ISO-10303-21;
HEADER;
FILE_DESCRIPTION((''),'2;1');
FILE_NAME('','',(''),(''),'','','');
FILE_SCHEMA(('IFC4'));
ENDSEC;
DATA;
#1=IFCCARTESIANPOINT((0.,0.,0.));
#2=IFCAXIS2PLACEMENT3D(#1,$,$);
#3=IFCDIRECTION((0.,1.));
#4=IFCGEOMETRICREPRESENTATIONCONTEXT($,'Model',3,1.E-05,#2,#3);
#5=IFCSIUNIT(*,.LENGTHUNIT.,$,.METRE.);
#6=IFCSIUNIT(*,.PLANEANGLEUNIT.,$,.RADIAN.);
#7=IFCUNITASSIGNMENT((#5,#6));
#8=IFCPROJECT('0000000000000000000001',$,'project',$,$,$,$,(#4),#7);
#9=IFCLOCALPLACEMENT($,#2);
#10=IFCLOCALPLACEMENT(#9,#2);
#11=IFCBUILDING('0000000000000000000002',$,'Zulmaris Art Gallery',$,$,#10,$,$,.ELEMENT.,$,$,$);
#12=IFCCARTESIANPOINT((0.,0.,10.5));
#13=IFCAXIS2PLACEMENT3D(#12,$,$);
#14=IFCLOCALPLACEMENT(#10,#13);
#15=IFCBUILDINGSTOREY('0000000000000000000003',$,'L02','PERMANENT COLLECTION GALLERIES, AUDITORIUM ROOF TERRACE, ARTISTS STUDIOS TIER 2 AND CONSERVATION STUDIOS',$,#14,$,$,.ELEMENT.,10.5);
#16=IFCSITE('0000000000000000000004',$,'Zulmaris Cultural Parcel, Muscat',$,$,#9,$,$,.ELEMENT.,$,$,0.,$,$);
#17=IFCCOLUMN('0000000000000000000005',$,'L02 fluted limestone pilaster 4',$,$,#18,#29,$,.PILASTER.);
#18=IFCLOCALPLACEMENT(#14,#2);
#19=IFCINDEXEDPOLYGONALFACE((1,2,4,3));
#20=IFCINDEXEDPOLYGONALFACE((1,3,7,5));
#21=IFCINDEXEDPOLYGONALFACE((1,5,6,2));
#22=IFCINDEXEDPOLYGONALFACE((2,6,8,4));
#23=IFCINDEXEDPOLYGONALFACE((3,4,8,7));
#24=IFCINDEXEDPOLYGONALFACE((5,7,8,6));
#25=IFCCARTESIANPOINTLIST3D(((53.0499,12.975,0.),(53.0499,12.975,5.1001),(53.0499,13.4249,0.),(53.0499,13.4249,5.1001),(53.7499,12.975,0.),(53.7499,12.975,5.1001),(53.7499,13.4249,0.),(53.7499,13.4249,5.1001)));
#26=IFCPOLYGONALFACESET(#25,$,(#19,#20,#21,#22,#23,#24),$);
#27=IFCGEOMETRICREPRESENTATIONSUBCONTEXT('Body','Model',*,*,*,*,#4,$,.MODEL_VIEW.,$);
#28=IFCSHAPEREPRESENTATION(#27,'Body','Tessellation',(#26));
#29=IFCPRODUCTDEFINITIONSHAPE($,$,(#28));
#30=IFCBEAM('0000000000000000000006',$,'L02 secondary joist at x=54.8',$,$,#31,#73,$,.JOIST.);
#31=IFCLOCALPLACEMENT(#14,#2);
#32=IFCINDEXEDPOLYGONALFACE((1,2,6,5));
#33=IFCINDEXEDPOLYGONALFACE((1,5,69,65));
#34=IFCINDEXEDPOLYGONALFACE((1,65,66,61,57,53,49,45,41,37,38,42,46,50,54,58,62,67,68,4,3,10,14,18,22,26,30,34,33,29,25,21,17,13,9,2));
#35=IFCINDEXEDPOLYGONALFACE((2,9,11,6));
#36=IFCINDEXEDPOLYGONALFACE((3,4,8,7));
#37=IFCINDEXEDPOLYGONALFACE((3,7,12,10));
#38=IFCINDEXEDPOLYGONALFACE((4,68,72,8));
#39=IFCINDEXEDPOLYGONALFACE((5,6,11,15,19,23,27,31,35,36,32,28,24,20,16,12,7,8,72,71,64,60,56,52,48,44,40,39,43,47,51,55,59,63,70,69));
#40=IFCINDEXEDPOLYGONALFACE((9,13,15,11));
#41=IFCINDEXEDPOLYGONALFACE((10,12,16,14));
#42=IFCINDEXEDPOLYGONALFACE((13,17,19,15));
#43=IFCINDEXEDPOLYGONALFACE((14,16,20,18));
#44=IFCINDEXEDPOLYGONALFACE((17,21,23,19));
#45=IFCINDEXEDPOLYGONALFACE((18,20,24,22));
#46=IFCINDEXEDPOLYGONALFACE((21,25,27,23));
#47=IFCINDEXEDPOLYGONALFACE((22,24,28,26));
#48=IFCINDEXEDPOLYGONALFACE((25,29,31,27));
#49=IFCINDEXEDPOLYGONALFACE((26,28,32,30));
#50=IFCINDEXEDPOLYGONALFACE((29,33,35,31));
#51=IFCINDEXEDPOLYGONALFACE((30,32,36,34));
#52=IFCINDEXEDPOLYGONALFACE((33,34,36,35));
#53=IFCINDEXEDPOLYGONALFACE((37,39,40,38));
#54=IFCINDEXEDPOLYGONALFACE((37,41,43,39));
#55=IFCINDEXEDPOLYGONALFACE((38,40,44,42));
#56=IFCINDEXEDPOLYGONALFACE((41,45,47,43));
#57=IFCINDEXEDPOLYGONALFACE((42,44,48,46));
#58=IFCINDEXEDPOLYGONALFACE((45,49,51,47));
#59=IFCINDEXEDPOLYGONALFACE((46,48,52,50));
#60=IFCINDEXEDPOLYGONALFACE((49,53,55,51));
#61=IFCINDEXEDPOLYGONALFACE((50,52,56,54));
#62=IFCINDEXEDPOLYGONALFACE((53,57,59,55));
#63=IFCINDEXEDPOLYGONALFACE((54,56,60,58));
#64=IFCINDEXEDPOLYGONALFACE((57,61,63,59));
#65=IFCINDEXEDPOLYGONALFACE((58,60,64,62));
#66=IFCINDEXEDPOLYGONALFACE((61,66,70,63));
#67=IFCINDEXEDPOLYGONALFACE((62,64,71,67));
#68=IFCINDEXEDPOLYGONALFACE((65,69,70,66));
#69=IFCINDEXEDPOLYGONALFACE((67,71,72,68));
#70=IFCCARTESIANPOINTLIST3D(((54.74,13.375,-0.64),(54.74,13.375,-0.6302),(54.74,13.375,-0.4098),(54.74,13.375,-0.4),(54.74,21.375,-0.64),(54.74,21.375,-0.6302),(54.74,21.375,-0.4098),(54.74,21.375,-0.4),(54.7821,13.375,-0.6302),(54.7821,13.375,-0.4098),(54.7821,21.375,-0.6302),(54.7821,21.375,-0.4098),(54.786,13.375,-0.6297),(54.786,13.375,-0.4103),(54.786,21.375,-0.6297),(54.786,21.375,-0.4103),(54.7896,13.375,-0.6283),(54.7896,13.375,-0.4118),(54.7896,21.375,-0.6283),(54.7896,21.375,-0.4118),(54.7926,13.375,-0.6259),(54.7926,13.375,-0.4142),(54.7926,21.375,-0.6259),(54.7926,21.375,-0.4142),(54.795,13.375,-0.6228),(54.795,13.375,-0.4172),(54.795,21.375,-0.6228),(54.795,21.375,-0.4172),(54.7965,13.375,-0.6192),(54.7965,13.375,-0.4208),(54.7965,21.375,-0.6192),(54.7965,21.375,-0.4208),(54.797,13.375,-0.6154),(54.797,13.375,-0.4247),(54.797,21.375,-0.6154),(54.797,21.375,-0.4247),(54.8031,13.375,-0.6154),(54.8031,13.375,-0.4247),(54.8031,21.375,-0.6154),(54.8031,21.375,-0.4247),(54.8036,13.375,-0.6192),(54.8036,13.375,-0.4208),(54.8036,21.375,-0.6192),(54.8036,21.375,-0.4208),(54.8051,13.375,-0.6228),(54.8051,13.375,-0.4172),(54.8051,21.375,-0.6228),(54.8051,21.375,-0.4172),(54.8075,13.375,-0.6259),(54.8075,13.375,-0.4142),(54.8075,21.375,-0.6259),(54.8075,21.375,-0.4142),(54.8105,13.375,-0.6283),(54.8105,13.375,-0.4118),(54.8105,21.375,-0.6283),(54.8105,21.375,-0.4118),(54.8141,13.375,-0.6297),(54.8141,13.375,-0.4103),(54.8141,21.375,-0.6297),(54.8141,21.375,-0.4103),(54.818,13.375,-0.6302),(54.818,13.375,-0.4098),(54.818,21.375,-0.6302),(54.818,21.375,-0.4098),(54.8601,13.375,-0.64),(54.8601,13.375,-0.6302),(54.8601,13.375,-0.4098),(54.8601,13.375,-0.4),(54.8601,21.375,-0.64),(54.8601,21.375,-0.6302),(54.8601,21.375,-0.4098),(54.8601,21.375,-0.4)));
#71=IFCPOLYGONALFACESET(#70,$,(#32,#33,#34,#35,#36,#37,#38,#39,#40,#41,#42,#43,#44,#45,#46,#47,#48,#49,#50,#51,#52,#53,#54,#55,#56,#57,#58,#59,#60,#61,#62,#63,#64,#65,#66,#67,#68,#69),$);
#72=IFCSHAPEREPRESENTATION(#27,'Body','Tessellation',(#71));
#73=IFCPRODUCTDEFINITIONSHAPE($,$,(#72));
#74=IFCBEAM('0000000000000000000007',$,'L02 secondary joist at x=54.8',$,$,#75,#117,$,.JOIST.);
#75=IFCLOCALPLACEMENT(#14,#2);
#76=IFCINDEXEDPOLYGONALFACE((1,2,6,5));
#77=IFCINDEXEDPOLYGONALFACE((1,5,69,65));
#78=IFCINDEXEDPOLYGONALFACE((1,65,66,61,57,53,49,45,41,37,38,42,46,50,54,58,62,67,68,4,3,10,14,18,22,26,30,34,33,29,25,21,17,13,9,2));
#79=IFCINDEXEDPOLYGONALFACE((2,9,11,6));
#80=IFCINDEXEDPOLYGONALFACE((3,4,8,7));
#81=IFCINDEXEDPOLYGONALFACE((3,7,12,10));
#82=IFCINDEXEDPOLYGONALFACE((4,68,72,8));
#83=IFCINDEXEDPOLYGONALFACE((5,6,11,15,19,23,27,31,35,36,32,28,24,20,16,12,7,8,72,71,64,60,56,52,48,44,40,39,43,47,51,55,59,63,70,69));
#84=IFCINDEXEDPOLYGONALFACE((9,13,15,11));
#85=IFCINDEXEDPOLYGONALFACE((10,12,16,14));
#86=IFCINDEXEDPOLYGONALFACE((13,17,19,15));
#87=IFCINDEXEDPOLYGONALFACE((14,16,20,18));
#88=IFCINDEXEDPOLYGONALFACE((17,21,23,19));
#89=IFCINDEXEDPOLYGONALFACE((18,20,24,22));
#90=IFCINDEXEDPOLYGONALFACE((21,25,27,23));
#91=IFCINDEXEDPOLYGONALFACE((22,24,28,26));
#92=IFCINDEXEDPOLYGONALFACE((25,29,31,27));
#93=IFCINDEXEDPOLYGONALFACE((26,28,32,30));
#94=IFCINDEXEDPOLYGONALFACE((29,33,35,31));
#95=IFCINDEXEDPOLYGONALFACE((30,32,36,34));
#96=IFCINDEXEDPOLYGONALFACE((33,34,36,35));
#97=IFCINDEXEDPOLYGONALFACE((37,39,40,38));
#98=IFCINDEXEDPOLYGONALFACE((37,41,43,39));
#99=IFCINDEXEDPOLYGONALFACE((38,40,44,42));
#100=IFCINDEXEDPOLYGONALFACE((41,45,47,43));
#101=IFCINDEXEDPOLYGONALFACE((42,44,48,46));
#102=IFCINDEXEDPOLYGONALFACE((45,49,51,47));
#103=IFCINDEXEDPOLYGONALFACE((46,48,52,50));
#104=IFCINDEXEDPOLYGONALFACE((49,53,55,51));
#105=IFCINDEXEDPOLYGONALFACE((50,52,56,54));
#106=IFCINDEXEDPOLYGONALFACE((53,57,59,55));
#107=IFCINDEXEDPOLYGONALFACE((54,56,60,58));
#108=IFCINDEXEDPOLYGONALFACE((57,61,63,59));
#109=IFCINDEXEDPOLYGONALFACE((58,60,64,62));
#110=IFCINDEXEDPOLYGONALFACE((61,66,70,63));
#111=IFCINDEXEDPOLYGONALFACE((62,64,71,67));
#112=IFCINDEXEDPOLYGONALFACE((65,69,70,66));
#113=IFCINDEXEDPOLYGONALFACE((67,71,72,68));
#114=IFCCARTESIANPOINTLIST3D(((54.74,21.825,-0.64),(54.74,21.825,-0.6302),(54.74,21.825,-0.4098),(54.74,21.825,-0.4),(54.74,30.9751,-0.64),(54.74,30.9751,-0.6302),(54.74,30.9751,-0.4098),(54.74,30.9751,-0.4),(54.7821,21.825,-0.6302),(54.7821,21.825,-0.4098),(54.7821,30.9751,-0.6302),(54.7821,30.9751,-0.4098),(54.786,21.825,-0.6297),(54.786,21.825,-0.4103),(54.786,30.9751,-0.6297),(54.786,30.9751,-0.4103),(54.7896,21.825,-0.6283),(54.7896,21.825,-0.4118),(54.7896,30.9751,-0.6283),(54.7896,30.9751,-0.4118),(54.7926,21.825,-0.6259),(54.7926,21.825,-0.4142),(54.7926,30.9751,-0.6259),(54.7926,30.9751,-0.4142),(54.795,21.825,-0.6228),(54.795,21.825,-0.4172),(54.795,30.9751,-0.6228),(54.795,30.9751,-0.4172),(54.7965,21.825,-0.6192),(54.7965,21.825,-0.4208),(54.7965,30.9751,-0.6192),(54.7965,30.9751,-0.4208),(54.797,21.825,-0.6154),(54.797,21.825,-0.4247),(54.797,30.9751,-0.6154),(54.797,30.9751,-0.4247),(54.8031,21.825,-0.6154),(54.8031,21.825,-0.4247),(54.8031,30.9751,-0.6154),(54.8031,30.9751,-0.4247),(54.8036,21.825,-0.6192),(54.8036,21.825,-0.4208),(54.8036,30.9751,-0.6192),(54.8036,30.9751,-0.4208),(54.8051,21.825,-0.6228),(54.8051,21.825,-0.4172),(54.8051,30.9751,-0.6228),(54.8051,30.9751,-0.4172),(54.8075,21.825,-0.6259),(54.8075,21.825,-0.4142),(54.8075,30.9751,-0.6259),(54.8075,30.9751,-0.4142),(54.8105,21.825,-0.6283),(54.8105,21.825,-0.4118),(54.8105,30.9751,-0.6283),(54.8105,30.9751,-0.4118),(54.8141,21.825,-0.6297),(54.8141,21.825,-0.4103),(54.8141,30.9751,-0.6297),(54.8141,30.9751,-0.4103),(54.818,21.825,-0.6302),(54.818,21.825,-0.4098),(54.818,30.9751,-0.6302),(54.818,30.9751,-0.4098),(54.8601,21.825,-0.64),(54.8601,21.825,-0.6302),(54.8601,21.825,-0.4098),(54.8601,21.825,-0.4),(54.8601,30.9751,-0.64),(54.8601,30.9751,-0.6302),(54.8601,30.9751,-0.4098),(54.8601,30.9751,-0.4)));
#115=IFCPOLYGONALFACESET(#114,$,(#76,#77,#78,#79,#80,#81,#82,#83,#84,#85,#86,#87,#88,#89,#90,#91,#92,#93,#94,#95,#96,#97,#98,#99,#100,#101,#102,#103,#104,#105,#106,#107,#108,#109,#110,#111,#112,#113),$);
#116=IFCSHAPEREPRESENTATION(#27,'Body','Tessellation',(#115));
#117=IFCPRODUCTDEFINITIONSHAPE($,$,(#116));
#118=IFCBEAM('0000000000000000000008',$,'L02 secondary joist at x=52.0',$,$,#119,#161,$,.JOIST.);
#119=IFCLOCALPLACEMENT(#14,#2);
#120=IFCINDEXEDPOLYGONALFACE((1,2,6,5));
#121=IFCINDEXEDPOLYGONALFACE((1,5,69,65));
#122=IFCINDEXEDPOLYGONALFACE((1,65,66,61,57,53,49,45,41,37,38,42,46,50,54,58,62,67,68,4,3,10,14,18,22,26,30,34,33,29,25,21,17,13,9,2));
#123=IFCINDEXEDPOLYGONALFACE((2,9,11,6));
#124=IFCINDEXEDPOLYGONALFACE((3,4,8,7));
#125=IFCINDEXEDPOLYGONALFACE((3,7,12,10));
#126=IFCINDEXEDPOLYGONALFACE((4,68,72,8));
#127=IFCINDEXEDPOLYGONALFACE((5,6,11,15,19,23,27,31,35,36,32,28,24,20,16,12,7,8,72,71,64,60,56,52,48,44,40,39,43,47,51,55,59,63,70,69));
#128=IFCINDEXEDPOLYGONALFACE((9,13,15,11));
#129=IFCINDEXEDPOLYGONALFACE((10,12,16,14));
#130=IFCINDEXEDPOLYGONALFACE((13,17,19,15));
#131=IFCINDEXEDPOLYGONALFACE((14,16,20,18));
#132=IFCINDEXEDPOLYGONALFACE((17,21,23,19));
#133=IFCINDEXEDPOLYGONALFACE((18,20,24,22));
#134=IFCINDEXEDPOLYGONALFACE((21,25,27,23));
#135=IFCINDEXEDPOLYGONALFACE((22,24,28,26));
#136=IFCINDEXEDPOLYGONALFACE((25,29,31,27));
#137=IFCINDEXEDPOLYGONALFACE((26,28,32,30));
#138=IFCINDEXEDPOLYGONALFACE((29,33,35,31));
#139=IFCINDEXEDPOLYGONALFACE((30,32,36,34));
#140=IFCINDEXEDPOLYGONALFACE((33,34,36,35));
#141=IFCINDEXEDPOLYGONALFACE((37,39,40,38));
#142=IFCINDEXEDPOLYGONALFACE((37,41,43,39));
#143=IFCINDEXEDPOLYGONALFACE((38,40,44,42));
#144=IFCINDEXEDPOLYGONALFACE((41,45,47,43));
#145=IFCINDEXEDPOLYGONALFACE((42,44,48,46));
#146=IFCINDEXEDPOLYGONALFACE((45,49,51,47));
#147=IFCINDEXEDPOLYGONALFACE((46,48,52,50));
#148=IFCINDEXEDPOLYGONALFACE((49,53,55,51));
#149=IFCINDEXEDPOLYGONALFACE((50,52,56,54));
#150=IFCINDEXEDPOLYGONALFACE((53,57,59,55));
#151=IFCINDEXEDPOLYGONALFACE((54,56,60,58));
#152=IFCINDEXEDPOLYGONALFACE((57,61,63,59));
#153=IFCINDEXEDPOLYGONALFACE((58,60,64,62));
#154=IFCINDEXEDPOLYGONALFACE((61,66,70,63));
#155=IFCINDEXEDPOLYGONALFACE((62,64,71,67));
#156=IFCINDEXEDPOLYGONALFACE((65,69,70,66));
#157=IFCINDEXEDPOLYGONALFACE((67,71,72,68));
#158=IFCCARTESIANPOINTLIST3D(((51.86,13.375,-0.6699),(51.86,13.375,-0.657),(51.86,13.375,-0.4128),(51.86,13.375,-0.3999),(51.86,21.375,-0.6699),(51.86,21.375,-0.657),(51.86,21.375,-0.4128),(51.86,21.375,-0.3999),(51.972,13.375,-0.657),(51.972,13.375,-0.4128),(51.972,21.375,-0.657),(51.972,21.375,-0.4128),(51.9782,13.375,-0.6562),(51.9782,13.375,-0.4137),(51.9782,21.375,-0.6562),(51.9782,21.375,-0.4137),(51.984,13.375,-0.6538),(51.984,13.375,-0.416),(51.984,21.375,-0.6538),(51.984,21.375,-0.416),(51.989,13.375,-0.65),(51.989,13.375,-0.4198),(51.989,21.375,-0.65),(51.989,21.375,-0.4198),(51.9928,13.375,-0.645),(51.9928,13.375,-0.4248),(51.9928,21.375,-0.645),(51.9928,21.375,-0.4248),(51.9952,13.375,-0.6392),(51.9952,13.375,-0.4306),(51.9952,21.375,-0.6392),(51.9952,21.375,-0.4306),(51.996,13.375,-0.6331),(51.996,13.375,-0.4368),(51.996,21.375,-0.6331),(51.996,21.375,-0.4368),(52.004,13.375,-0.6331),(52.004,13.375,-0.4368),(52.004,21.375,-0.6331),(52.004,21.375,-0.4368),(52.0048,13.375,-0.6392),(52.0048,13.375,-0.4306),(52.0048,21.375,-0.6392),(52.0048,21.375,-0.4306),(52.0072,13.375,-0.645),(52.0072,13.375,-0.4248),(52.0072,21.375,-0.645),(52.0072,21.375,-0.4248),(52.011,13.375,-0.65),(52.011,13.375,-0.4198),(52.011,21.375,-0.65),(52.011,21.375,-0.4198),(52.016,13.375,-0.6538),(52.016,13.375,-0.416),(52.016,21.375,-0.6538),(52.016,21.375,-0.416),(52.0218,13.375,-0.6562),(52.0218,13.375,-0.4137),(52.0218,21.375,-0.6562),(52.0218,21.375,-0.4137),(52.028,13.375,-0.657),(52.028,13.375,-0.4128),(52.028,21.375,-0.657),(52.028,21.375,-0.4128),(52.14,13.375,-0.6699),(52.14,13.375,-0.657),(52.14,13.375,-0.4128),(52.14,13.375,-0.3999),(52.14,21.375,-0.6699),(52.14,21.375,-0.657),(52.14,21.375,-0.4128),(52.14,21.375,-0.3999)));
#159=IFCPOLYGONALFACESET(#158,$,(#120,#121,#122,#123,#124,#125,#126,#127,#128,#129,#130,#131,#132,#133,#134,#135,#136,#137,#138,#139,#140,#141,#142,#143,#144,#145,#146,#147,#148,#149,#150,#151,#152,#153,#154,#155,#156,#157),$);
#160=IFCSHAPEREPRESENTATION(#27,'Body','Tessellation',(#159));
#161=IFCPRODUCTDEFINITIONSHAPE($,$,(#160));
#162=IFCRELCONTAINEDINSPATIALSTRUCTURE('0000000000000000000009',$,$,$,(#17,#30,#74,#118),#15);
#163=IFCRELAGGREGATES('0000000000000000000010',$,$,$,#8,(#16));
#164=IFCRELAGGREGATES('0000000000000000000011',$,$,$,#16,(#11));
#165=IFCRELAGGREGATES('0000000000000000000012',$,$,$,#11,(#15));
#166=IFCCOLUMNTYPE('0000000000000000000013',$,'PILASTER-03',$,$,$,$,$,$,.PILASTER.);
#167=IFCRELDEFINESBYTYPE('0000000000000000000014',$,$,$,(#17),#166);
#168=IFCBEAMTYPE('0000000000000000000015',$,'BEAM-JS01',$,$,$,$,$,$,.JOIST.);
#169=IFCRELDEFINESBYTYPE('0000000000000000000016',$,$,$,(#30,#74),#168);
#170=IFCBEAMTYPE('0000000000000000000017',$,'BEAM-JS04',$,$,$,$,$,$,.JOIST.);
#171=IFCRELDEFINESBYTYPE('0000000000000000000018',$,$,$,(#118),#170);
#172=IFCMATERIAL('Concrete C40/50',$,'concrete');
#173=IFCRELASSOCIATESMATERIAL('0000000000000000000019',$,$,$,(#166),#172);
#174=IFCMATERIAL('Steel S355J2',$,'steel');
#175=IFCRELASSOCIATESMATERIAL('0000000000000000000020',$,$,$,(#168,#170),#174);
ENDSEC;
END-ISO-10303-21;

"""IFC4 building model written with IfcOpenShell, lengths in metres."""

from ifc_helpers import new_model, si_unit, direction, frame, origin, origin_2d, place, context, subcontext, project, spatial, rectangle, i_section, extrude, material, material_profile, profile_set, type_object, element, save


model = new_model("IFC4")

# Units and contexts
model_context = context("Model", 3, precision=1e-05, world=origin(), true_north=direction((0.0, 1.0)))
body_context = subcontext(model_context, "Body", "Model", "MODEL_VIEW")
ifc_project = project(units=[si_unit("LENGTHUNIT", "METRE"), si_unit("PLANEANGLEUNIT", "RADIAN")], contexts=[model_context])

# Site, building, storey
site_placement = place(None, origin())
site = spatial("IfcSite", under=ifc_project, at=site_placement, Name="Zulmaris Cultural Parcel, Muscat", CompositionType="ELEMENT", RefElevation=0.0)
building_placement = place(site_placement, origin())
building = spatial("IfcBuilding", under=site, at=building_placement, Name="Zulmaris Art Gallery", CompositionType="ELEMENT")
storey_placement = place(building_placement, frame((0.0, 0.0, 10.5)))
storey = spatial("IfcBuildingStorey", under=building, at=storey_placement, Name="L02", Description="PERMANENT COLLECTION GALLERIES, AUDITORIUM ROOF TERRACE, ARTISTS STUDIOS TIER 2 AND CONSERVATION STUDIOS", CompositionType="ELEMENT", Elevation=10.5)

# Column
ifc_material_1 = material(Name="Concrete C40/50", Category="concrete")
ifc_material_profile_1 = material_profile(ifc_material_1, rectangle(XDim=0.7, YDim=0.45, at=origin_2d()), Name="PIL 700x450")
ifc_profile_set_1 = profile_set([ifc_material_profile_1], Name="Concrete C40/50")
column_type = type_object("IfcColumnType", Name="PILASTER-03", PredefinedType="PILASTER", material=ifc_profile_set_1)
column_placement = place(storey_placement, frame((53.3999, 13.2, 0.0), z_axis=(0.0, 0.0, 1.0), x_axis=(1.0, 0.0, 0.0)))
element("IfcColumn", 1, at=column_placement, inside=storey, type_object=column_type, Name="L02 fluted limestone pilaster 4", PredefinedType="PILASTER", context=body_context, shape_type="SweptSolid", body=[
    extrude(rectangle(XDim=0.7, YDim=0.45, at=origin_2d()), origin(), (0.0, 0.0, 1.0), 5.1001),
])

# Beams
ifc_material_2 = material(Name="Steel S355J2", Category="steel")
ifc_material_profile_2 = material_profile(ifc_material_2, i_section(OverallWidth=0.1201, OverallDepth=0.24, WebThickness=0.0061, FlangeThickness=0.0098, FilletRadius=0.0149, at=origin_2d()), Name="IPE 240")
ifc_profile_set_2 = profile_set([ifc_material_profile_2], Name="Steel S355J2")
beam_type_1 = type_object("IfcBeamType", Name="BEAM-JS01", PredefinedType="JOIST", material=ifc_profile_set_2)
beam_1_placement = place(storey_placement, frame((54.8, 13.375, -0.52), z_axis=(0.0, 1.0, 0.0), x_axis=(-1.0, 0.0, 0.0)))
element("IfcBeam", 2, at=beam_1_placement, inside=storey, type_object=beam_type_1, Name="L02 secondary joist at x=54.8", PredefinedType="JOIST", context=body_context, shape_type="SweptSolid", body=[
    extrude(i_section(OverallWidth=0.1201, OverallDepth=0.24, WebThickness=0.0061, FlangeThickness=0.0098, FilletRadius=0.0149, at=origin_2d()), origin(), (0.0, 0.0, 1.0), 8.0),
])
beam_2_placement = place(storey_placement, frame((54.8, 21.825, -0.52), z_axis=(0.0, 1.0, 0.0), x_axis=(-1.0, 0.0, 0.0)))
element("IfcBeam", 3, at=beam_2_placement, inside=storey, type_object=beam_type_1, Name="L02 secondary joist at x=54.8", PredefinedType="JOIST", context=body_context, shape_type="SweptSolid", body=[
    extrude(i_section(OverallWidth=0.1201, OverallDepth=0.24, WebThickness=0.0061, FlangeThickness=0.0098, FilletRadius=0.0149, at=origin_2d()), origin(), (0.0, 0.0, 1.0), 9.1501),
])
ifc_material_profile_3 = material_profile(ifc_material_2, i_section(OverallWidth=0.28, OverallDepth=0.27, WebThickness=0.0081, FlangeThickness=0.0129, FilletRadius=0.0239, at=origin_2d()), Name="HEA 280")
ifc_profile_set_3 = profile_set([ifc_material_profile_3], Name="Steel S355J2")
beam_type_2 = type_object("IfcBeamType", Name="BEAM-JS04", PredefinedType="JOIST", material=ifc_profile_set_3)
beam_3_placement = place(storey_placement, frame((52.0, 13.375, -0.5349), z_axis=(0.0, 1.0, 0.0), x_axis=(-1.0, 0.0, 0.0)))
element("IfcBeam", 4, at=beam_3_placement, inside=storey, type_object=beam_type_2, Name="L02 secondary joist at x=52.0", PredefinedType="JOIST", context=body_context, shape_type="SweptSolid", body=[
    extrude(i_section(OverallWidth=0.28, OverallDepth=0.27, WebThickness=0.0081, FlangeThickness=0.0129, FilletRadius=0.0239, at=origin_2d()), origin(), (0.0, 0.0, 1.0), 8.0),
])

save(model, "model.ifc")
